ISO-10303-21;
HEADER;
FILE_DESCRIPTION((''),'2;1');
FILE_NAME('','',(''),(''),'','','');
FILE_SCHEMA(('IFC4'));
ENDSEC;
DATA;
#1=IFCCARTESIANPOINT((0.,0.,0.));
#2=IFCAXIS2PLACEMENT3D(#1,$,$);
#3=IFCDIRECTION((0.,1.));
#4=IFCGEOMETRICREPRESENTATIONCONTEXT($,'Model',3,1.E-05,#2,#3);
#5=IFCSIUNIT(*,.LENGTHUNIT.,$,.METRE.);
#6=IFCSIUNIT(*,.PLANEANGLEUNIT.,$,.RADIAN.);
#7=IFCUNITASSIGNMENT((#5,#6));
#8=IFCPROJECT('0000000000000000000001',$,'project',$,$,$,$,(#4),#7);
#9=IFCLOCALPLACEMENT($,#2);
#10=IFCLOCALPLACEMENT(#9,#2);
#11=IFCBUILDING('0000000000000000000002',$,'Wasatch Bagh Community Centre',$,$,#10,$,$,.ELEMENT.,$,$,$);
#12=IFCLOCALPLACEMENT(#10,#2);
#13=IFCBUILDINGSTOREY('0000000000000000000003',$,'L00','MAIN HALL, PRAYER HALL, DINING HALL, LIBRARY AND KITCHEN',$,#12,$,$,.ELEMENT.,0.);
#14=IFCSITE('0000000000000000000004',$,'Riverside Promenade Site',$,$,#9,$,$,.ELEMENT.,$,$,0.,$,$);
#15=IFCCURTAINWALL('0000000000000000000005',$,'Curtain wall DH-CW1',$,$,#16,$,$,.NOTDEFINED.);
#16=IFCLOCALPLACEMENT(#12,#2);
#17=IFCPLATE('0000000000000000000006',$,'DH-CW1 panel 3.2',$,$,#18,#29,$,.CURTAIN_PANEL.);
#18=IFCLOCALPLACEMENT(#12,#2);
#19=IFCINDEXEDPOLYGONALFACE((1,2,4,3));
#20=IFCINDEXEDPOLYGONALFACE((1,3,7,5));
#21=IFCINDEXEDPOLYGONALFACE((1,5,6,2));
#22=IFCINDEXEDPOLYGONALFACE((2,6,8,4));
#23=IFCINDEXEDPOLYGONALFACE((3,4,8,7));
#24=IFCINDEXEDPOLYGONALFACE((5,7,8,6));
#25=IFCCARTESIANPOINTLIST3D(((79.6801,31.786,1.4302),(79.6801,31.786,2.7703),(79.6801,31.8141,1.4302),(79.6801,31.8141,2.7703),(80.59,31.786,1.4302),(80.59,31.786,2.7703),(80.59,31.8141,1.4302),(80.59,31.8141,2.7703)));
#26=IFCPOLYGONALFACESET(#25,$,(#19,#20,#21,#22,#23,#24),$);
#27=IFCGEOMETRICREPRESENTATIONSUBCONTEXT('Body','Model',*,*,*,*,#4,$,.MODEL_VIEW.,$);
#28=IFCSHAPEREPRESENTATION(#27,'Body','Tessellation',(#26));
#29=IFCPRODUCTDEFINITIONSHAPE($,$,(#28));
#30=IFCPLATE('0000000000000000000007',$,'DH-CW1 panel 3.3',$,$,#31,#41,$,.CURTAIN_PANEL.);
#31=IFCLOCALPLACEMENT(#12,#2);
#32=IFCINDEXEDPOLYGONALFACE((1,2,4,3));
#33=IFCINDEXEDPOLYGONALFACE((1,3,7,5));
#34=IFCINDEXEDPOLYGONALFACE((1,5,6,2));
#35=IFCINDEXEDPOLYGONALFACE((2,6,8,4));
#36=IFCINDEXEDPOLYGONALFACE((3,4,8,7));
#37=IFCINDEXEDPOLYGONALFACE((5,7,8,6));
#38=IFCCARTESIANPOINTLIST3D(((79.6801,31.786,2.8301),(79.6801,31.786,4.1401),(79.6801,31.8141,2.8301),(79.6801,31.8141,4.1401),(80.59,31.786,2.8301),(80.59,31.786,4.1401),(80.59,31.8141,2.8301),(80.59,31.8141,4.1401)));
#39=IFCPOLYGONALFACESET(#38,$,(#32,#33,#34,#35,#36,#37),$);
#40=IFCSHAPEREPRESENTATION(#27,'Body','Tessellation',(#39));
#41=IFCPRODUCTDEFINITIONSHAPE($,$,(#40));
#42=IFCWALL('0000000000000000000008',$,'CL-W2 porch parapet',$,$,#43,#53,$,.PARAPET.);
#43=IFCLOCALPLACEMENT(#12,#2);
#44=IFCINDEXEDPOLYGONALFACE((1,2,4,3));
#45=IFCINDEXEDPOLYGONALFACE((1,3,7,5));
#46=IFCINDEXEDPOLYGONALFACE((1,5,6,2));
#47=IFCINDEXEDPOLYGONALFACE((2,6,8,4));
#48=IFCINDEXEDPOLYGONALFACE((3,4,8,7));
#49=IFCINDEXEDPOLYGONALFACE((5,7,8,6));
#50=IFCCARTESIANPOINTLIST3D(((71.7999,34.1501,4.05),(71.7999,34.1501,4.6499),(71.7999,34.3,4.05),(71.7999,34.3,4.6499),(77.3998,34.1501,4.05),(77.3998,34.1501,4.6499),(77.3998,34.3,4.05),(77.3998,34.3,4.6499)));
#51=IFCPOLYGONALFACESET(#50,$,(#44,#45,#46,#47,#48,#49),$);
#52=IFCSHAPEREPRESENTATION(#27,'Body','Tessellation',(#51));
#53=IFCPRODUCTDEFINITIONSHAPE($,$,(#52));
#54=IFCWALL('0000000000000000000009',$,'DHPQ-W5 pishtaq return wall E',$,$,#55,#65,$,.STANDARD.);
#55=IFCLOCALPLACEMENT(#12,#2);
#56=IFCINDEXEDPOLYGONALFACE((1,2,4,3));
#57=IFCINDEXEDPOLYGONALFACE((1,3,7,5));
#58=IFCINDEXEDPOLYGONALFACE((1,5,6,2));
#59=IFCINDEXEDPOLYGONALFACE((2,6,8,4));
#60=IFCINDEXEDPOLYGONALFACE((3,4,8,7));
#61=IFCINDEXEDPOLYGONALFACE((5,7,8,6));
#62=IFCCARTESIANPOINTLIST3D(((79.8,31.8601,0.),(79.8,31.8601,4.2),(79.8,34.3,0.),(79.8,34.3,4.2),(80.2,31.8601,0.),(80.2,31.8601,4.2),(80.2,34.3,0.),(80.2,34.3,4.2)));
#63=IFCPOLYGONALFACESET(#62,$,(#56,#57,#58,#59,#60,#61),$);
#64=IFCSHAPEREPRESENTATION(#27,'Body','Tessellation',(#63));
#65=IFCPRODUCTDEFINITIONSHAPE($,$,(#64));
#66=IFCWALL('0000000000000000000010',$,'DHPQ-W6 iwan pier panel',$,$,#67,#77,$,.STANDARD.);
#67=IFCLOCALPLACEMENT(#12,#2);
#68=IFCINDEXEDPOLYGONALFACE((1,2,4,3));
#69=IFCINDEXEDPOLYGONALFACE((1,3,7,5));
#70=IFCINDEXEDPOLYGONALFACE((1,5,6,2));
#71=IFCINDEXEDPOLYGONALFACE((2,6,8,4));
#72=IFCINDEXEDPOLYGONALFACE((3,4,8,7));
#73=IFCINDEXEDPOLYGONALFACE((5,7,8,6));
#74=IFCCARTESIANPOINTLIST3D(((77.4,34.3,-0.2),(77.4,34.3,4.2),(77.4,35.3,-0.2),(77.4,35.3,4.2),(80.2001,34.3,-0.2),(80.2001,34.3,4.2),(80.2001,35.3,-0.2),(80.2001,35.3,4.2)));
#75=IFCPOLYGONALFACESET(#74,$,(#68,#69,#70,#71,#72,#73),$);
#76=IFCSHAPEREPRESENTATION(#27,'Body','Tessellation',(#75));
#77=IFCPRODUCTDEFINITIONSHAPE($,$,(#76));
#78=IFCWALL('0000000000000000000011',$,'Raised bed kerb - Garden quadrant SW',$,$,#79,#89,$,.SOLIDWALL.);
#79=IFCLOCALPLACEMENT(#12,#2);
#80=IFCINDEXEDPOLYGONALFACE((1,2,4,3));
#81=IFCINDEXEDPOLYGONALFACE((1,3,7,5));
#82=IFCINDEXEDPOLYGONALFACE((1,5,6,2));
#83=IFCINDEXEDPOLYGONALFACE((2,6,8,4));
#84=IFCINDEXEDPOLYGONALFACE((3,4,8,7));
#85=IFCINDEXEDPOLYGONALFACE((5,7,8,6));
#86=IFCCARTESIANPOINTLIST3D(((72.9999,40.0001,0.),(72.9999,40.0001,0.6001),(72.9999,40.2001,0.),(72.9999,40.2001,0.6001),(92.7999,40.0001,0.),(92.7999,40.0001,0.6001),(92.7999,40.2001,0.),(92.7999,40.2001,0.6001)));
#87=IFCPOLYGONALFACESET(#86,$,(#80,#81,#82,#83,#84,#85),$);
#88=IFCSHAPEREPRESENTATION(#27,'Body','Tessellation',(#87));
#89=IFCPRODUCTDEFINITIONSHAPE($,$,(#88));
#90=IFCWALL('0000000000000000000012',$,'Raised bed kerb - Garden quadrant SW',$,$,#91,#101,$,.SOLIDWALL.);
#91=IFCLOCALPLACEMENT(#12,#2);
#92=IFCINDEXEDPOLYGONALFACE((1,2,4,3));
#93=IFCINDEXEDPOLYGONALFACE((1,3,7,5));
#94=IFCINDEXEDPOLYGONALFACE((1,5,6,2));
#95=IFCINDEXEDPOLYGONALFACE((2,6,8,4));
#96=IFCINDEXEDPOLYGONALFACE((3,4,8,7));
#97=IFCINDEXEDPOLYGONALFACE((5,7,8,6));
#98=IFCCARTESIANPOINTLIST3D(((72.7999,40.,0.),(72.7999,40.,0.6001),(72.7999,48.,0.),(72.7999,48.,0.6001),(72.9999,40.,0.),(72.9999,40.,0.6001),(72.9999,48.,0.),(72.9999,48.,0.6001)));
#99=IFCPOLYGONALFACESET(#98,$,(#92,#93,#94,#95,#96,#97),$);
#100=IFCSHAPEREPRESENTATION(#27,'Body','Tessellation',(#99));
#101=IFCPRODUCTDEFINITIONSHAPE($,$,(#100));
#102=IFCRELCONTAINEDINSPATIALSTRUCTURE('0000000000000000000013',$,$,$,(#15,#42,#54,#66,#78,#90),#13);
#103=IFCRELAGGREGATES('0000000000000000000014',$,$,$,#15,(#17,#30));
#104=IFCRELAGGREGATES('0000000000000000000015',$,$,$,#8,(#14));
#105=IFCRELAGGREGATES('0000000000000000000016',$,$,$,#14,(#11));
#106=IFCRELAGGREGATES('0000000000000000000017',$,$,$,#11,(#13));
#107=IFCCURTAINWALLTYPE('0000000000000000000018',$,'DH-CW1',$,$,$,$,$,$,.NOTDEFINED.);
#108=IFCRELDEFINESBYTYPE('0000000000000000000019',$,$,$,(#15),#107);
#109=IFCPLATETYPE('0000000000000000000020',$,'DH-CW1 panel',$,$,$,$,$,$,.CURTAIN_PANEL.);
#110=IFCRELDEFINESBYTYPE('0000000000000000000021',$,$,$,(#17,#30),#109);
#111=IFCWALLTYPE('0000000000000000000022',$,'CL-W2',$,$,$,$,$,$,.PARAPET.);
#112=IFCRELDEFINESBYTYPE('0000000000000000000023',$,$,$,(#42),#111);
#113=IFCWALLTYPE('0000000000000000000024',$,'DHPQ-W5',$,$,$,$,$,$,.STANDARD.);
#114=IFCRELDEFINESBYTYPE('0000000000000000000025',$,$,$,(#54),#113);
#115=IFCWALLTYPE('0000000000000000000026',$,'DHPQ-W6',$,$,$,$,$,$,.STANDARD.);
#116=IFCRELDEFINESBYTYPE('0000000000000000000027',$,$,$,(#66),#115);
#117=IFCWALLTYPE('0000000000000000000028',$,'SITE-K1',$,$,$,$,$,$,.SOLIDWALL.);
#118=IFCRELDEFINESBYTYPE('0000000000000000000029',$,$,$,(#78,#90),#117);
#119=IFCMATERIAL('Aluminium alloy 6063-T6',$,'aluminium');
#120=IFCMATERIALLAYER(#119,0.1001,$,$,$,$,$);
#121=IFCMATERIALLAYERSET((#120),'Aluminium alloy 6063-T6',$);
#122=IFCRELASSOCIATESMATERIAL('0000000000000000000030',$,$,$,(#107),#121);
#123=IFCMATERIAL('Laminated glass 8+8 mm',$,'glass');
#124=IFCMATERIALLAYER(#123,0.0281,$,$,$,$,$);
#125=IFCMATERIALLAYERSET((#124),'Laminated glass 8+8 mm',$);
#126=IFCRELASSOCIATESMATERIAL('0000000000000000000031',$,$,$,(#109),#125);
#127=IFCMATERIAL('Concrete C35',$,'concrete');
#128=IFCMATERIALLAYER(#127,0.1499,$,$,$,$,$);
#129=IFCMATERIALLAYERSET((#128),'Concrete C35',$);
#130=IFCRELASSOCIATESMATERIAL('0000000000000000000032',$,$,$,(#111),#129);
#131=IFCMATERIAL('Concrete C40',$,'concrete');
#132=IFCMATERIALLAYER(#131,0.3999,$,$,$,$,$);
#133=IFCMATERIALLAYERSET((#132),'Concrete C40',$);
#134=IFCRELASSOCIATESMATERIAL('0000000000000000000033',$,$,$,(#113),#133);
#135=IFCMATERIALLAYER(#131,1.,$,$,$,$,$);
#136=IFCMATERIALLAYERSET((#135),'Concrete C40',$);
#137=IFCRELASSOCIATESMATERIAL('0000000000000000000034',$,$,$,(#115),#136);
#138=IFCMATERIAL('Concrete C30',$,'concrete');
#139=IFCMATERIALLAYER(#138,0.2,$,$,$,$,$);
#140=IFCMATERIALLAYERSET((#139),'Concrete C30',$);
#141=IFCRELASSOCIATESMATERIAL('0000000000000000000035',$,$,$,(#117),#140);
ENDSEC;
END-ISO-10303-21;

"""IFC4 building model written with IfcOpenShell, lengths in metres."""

from ifc_helpers import new_model, si_unit, direction, frame, frame_2d, origin, origin_2d, place, context, subcontext, project, spatial, rectangle, extrude, material, layer, layer_set, type_object, element, aggregate, save


model = new_model("IFC4")

# Units and contexts
model_context = context("Model", 3, precision=1e-05, world=origin(), true_north=direction((0.0, 1.0)))
body_context = subcontext(model_context, "Body", "Model", "MODEL_VIEW")
ifc_project = project(units=[si_unit("LENGTHUNIT", "METRE"), si_unit("PLANEANGLEUNIT", "RADIAN")], contexts=[model_context])

# Site, building, storey
site_placement = place(None, origin())
site = spatial("IfcSite", under=ifc_project, at=site_placement, Name="Riverside Promenade Site", CompositionType="ELEMENT", RefElevation=0.0)
building_placement = place(site_placement, origin())
building = spatial("IfcBuilding", under=site, at=building_placement, Name="Wasatch Bagh Community Centre", CompositionType="ELEMENT")
storey_placement = place(building_placement, origin())
storey = spatial("IfcBuildingStorey", under=building, at=storey_placement, Name="L00", Description="MAIN HALL, PRAYER HALL, DINING HALL, LIBRARY AND KITCHEN", CompositionType="ELEMENT", Elevation=0.0)

# Shared definitions
ifc_material_1 = material(Name="Concrete C30", Category="concrete")

# Curtain wall, plates
ifc_material_2 = material(Name="Aluminium alloy 6063-T6", Category="aluminium")
ifc_layer_1 = layer(ifc_material_2, 0.1001)
ifc_layer_set_1 = layer_set([ifc_layer_1], Name="Aluminium alloy 6063-T6")
curtain_wall_type = type_object("IfcCurtainWallType", Name="DH-CW1", PredefinedType="NOTDEFINED", material=ifc_layer_set_1)
curtain_wall_placement = place(storey_placement, origin())
curtain_wall = element("IfcCurtainWall", 1, at=curtain_wall_placement, inside=storey, type_object=curtain_wall_type, Name="Curtain wall DH-CW1", PredefinedType="NOTDEFINED")
ifc_material_3 = material(Name="Laminated glass 8+8 mm", Category="glass")
ifc_layer_2 = layer(ifc_material_3, 0.0281)
ifc_layer_set_2 = layer_set([ifc_layer_2], Name="Laminated glass 8+8 mm")
plate_type = type_object("IfcPlateType", Name="DH-CW1 panel", PredefinedType="CURTAIN_PANEL", material=ifc_layer_set_2)
plate_1_placement = place(storey_placement, frame((80.135, 31.8, 1.4302), z_axis=(0.0, 0.0, 1.0), x_axis=(1.0, 0.0, 0.0)))
plate_1 = element("IfcPlate", 2, at=plate_1_placement, type_object=plate_type, Name="DH-CW1 panel 3.2", PredefinedType="CURTAIN_PANEL", context=body_context, shape_type="SweptSolid", body=[
    extrude(rectangle(XDim=0.9099, YDim=0.0281, at=origin_2d()), origin(), (0.0, 0.0, 1.0), 1.3401),
])
plate_2_placement = place(storey_placement, frame((80.135, 31.8, 2.8301), z_axis=(0.0, 0.0, 1.0), x_axis=(1.0, 0.0, 0.0)))
plate_2 = element("IfcPlate", 3, at=plate_2_placement, type_object=plate_type, Name="DH-CW1 panel 3.3", PredefinedType="CURTAIN_PANEL", context=body_context, shape_type="SweptSolid", body=[
    extrude(rectangle(XDim=0.9099, YDim=0.0281, at=origin_2d()), origin(), (0.0, 0.0, 1.0), 1.3101),
])
aggregate(curtain_wall, [plate_1, plate_2])

# Walls
ifc_material_4 = material(Name="Concrete C35", Category="concrete")
ifc_layer_3 = layer(ifc_material_4, 0.1499)
ifc_layer_set_3 = layer_set([ifc_layer_3], Name="Concrete C35")
wall_type_1 = type_object("IfcWallType", Name="CL-W2", PredefinedType="PARAPET", material=ifc_layer_set_3)
wall_1_placement = place(storey_placement, frame((71.8, 34.2251, 4.05), z_axis=(0.0, 0.0, 1.0), x_axis=(1.0, 0.0, 0.0)))
element("IfcWall", 4, at=wall_1_placement, inside=storey, type_object=wall_type_1, Name="CL-W2 porch parapet", PredefinedType="PARAPET", context=body_context, shape_type="SweptSolid", body=[
    extrude(rectangle(XDim=5.5999, YDim=0.1499, at=frame_2d((2.7998, 0.0))), origin(), (0.0, 0.0, 1.0), 0.5999),
])
ifc_material_5 = material(Name="Concrete C40", Category="concrete")
ifc_layer_4 = layer(ifc_material_5, 0.3999)
ifc_layer_set_4 = layer_set([ifc_layer_4], Name="Concrete C40")
wall_type_2 = type_object("IfcWallType", Name="DHPQ-W5", PredefinedType="STANDARD", material=ifc_layer_set_4)
wall_2_placement = place(storey_placement, frame((80.0, 34.3, 0.0), z_axis=(0.0, 0.0, 1.0), x_axis=(0.0, -1.0, 0.0)))
element("IfcWall", 5, at=wall_2_placement, inside=storey, type_object=wall_type_2, Name="DHPQ-W5 pishtaq return wall E", PredefinedType="STANDARD", context=body_context, shape_type="SweptSolid", body=[
    extrude(rectangle(XDim=2.4399, YDim=0.3999, at=frame_2d((1.22, 0.0))), origin(), (0.0, 0.0, 1.0), 4.2),
])
ifc_layer_5 = layer(ifc_material_5, 1.0)
ifc_layer_set_5 = layer_set([ifc_layer_5], Name="Concrete C40")
wall_type_3 = type_object("IfcWallType", Name="DHPQ-W6", PredefinedType="STANDARD", material=ifc_layer_set_5)
wall_3_placement = place(storey_placement, frame((80.2, 34.8, -0.2), z_axis=(0.0, 0.0, 1.0), x_axis=(-1.0, 0.0, 0.0)))
element("IfcWall", 6, at=wall_3_placement, inside=storey, type_object=wall_type_3, Name="DHPQ-W6 iwan pier panel", PredefinedType="STANDARD", context=body_context, shape_type="SweptSolid", body=[
    extrude(rectangle(XDim=2.8, YDim=1.0, at=frame_2d((1.3999, 0.0))), origin(), (0.0, 0.0, 1.0), 4.3999),
])
ifc_layer_6 = layer(ifc_material_1, 0.2)
ifc_layer_set_6 = layer_set([ifc_layer_6], Name="Concrete C30")
wall_type_4 = type_object("IfcWallType", Name="SITE-K1", PredefinedType="SOLIDWALL", material=ifc_layer_set_6)
wall_4_placement = place(storey_placement, frame((73.0, 40.1001, 0.0), z_axis=(0.0, 0.0, 1.0), x_axis=(1.0, 0.0, 0.0)))
element("IfcWall", 7, at=wall_4_placement, inside=storey, type_object=wall_type_4, Name="Raised bed kerb - Garden quadrant SW", PredefinedType="SOLIDWALL", context=body_context, shape_type="SweptSolid", body=[
    extrude(rectangle(XDim=19.8, YDim=0.2, at=frame_2d((9.8999, 0.0))), origin(), (0.0, 0.0, 1.0), 0.6001),
])
wall_5_placement = place(storey_placement, frame((72.8999, 40.0, 0.0), z_axis=(0.0, 0.0, 1.0), x_axis=(0.0, 1.0, 0.0)))
element("IfcWall", 8, at=wall_5_placement, inside=storey, type_object=wall_type_4, Name="Raised bed kerb - Garden quadrant SW", PredefinedType="SOLIDWALL", context=body_context, shape_type="SweptSolid", body=[
    extrude(rectangle(XDim=8.0, YDim=0.2, at=frame_2d((4.0, 0.0))), origin(), (0.0, 0.0, 1.0), 0.6001),
])

save(model, "model.ifc")
